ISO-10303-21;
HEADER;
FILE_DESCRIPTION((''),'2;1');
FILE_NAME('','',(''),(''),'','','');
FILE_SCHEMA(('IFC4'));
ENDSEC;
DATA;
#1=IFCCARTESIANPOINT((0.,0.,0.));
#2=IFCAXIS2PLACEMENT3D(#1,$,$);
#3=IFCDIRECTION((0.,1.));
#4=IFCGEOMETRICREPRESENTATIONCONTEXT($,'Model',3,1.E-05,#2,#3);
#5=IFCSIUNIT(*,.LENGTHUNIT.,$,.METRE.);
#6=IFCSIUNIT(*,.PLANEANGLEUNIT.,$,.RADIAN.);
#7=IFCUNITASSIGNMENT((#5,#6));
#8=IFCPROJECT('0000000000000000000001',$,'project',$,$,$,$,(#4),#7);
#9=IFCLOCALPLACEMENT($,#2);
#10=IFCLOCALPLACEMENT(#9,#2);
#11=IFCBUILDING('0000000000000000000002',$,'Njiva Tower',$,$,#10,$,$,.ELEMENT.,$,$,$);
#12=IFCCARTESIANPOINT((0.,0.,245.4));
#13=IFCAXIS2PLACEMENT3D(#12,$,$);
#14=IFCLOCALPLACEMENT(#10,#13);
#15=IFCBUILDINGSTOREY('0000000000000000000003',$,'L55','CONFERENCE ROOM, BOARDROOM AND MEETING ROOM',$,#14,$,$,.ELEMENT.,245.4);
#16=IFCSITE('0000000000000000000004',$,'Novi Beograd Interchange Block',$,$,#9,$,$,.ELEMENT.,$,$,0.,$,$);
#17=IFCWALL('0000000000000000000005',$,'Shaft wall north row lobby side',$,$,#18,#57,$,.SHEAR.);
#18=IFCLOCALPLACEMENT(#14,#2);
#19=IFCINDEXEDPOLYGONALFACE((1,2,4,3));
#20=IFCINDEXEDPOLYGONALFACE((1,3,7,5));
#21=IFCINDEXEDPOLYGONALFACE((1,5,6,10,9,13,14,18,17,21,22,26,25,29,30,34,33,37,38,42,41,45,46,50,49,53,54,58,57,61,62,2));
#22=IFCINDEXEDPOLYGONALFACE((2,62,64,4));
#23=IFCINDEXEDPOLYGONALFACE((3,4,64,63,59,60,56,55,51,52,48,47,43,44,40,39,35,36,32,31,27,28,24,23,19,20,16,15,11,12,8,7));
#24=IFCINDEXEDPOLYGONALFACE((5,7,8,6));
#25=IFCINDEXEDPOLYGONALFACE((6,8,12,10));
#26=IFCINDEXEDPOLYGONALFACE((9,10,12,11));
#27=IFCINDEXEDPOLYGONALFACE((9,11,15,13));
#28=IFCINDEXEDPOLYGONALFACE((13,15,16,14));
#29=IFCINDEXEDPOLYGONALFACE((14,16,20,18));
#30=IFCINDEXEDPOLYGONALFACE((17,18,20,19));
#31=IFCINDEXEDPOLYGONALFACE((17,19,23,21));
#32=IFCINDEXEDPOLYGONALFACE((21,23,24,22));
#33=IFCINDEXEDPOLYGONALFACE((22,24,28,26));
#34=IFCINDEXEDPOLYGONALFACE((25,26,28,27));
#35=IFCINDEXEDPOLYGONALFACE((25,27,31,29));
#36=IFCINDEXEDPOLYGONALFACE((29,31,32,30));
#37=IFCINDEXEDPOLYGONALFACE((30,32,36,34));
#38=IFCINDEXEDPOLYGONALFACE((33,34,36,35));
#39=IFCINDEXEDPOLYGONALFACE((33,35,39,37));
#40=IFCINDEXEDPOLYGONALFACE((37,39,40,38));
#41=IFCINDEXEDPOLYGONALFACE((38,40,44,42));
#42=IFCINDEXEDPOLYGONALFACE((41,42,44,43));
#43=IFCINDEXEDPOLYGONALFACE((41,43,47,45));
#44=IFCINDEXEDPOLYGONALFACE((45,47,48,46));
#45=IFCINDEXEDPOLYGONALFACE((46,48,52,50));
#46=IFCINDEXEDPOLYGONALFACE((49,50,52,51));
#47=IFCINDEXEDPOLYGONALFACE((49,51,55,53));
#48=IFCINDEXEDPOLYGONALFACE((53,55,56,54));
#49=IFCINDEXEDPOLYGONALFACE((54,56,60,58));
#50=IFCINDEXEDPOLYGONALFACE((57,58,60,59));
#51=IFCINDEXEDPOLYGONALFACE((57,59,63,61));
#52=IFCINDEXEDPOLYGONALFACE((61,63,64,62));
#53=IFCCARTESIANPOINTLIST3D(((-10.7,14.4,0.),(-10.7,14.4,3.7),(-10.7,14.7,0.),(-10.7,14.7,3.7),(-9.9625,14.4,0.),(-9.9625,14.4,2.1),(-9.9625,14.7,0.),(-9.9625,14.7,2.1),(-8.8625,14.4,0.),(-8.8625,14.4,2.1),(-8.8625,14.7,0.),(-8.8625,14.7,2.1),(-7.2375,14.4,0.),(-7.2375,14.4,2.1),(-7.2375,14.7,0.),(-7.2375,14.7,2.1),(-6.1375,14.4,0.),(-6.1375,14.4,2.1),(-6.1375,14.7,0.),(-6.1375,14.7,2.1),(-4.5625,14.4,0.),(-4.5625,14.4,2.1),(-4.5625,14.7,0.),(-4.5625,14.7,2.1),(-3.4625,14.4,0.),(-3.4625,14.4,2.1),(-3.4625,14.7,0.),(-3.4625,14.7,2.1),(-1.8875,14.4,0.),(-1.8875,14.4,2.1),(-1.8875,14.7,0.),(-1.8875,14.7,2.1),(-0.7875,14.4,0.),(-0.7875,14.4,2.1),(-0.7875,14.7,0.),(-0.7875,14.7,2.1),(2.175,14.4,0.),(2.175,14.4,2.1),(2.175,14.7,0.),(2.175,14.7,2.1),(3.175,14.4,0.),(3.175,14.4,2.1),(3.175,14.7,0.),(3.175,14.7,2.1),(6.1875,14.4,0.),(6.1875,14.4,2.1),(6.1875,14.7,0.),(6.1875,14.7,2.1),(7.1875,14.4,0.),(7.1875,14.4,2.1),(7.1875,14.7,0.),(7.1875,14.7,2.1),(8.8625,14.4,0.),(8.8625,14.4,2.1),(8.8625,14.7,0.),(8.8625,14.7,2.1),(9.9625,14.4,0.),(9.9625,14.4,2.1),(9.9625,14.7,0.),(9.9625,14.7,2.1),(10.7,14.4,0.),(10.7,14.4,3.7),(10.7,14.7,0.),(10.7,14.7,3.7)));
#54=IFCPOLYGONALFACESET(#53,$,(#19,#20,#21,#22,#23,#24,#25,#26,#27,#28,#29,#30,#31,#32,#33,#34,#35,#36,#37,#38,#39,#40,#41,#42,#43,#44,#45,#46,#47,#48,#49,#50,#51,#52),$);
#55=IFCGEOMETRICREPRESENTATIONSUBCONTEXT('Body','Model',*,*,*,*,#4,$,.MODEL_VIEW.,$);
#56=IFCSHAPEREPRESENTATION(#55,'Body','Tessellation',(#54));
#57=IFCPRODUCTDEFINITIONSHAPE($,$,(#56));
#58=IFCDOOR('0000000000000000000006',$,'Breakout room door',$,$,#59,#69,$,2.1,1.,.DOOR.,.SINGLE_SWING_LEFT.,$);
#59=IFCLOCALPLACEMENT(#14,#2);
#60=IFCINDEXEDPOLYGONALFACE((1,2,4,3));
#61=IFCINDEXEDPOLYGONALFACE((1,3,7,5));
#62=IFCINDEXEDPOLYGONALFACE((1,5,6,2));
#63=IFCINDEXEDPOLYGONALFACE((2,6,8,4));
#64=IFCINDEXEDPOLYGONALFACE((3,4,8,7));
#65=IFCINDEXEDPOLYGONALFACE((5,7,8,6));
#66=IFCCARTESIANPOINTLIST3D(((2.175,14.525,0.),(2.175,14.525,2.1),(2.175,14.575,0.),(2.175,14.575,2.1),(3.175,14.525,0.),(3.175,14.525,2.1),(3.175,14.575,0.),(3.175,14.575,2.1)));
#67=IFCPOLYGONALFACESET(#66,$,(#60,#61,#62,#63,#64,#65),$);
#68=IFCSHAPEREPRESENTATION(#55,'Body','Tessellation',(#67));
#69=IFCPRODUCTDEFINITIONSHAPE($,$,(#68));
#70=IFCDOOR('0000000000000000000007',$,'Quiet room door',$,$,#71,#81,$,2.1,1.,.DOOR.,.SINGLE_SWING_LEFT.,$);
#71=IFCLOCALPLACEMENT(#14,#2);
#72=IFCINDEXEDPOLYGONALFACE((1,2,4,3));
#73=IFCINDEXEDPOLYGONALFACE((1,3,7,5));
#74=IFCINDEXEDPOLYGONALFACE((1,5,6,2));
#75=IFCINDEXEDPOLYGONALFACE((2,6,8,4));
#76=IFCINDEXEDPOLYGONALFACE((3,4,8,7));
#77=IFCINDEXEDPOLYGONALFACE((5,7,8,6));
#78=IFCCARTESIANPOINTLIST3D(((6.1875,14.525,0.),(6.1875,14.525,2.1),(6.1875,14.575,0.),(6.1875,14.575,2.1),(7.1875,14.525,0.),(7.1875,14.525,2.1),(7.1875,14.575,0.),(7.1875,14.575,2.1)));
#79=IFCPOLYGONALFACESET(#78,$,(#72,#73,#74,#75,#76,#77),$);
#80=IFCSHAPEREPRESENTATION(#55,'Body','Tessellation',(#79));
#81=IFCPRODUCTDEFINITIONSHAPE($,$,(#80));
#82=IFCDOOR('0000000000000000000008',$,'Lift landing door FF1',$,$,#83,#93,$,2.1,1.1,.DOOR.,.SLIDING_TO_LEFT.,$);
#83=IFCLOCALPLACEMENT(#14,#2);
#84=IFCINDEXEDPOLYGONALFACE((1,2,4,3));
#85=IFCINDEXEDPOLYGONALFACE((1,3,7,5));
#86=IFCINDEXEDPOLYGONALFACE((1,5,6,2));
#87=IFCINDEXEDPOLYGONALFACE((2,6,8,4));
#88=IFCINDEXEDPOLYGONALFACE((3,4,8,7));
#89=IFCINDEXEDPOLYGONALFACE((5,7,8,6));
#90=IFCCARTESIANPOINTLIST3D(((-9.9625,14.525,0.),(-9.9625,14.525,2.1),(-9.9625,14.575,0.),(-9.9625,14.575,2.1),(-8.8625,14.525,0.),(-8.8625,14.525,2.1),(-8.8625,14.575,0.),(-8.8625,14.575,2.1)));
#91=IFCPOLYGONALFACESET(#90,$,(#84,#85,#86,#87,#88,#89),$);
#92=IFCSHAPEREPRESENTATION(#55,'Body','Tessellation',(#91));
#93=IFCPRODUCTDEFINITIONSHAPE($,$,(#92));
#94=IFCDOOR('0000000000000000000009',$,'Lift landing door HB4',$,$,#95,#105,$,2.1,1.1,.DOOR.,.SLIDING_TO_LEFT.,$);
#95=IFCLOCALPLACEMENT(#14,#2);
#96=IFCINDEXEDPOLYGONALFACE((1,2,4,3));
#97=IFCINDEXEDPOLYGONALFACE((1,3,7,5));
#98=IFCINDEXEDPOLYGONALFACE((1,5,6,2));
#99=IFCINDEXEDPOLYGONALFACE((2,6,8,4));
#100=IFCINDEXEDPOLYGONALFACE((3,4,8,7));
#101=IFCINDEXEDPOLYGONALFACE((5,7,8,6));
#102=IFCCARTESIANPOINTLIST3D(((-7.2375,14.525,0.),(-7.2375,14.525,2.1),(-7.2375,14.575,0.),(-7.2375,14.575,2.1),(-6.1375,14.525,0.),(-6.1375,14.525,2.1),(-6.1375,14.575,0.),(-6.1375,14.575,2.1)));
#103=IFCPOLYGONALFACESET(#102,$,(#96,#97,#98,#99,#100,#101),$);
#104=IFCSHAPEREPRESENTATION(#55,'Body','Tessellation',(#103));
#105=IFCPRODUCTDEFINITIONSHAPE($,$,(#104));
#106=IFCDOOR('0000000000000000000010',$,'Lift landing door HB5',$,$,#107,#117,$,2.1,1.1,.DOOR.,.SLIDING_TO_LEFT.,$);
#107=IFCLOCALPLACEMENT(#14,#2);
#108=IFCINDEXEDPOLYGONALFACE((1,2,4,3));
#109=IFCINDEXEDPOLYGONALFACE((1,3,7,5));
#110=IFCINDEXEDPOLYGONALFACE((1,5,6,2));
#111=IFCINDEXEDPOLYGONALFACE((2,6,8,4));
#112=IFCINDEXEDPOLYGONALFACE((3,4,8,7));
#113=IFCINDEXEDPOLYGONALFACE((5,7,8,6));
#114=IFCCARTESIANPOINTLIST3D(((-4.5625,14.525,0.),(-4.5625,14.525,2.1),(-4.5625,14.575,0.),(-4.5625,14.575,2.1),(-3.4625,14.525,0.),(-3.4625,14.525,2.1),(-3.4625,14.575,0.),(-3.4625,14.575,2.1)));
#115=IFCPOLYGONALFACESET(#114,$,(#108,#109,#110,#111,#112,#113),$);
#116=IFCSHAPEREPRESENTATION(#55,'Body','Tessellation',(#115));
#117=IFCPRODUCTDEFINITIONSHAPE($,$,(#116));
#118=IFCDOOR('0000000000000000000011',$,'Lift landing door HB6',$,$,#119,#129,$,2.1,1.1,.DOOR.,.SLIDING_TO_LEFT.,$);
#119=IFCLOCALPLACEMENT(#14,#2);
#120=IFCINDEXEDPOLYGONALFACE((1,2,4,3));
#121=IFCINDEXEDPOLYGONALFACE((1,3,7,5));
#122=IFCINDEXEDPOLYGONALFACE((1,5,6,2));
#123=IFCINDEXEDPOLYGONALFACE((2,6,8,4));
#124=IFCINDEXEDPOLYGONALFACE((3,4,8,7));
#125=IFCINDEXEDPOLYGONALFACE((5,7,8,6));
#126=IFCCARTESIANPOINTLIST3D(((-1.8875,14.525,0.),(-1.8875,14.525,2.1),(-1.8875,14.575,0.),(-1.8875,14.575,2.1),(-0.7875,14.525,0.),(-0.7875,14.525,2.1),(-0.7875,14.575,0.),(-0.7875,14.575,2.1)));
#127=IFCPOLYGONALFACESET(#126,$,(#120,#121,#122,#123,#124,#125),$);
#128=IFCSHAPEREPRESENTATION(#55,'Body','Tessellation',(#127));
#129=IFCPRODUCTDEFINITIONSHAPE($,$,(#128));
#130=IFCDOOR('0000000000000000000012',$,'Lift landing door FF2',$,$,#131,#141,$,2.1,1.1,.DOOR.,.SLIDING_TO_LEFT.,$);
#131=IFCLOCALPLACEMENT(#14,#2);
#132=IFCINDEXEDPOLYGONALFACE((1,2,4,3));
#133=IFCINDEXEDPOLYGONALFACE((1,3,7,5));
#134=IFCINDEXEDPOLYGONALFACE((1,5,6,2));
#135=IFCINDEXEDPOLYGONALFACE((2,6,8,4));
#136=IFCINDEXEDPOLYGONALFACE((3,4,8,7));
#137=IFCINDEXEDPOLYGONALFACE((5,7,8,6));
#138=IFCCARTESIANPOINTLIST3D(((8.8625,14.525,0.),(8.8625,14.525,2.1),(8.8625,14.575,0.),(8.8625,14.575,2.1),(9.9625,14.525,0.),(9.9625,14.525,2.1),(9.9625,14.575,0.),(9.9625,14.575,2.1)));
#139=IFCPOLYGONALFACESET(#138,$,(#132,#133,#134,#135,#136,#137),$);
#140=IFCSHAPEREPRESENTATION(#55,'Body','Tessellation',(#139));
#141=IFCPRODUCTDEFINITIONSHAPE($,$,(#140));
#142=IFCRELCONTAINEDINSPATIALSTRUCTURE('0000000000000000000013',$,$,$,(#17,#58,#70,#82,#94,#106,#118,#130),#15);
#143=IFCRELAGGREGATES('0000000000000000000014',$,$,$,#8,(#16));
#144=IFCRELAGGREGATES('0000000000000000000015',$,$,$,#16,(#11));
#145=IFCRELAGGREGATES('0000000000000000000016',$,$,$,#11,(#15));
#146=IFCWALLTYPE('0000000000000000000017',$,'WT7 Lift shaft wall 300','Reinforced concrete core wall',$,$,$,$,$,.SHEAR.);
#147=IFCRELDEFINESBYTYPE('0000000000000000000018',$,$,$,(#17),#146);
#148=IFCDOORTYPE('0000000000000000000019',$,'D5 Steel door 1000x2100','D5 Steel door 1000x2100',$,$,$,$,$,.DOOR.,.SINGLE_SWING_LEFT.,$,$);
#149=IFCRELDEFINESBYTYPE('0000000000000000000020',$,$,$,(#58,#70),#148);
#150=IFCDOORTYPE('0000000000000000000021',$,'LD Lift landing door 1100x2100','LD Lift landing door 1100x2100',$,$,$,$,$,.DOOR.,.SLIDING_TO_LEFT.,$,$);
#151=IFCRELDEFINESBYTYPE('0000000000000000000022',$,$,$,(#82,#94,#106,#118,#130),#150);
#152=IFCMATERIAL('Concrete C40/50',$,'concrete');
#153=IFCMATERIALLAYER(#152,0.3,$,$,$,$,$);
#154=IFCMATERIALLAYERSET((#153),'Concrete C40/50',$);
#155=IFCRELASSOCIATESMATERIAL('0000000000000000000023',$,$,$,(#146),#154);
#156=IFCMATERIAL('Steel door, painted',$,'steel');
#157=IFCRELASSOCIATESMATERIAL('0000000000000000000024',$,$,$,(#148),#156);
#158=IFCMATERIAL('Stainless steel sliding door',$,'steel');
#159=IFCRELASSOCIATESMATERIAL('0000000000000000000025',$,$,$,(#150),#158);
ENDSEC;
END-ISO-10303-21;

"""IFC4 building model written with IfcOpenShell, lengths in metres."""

from ifc_helpers import new_model, si_unit, direction, frame, frame_2d, origin, place, context, subcontext, project, spatial, rectangle, extrude, material, layer, layer_set, type_object, element, fill, save


model = new_model("IFC4")

# Units and contexts
model_context = context("Model", 3, precision=1e-05, world=origin(), true_north=direction((0.0, 1.0)))
body_context = subcontext(model_context, "Body", "Model", "MODEL_VIEW")
ifc_project = project(units=[si_unit("LENGTHUNIT", "METRE"), si_unit("PLANEANGLEUNIT", "RADIAN")], contexts=[model_context])

# Site, building, storey
site_placement = place(None, origin())
site = spatial("IfcSite", under=ifc_project, at=site_placement, Name="Novi Beograd Interchange Block", CompositionType="ELEMENT", RefElevation=0.0)
building_placement = place(site_placement, origin())
building = spatial("IfcBuilding", under=site, at=building_placement, Name="Njiva Tower", CompositionType="ELEMENT")
storey_placement = place(building_placement, frame((0.0, 0.0, 245.4)))
storey = spatial("IfcBuildingStorey", under=building, at=storey_placement, Name="L55", Description="CONFERENCE ROOM, BOARDROOM AND MEETING ROOM", CompositionType="ELEMENT", Elevation=245.4)

# Shared definitions
ifc_material_1 = material(Name="Concrete C40/50", Category="concrete")

# Wall, openings, doors
ifc_layer_1 = layer(ifc_material_1, 0.3)
ifc_layer_set_1 = layer_set([ifc_layer_1], Name="Concrete C40/50")
wall_type_1 = type_object("IfcWallType", Name="WT7 Lift shaft wall 300", Description="Reinforced concrete core wall", PredefinedType="SHEAR", material=ifc_layer_set_1)
wall_1_placement = place(storey_placement, frame((-10.7, 14.55, 0.0), z_axis=(0.0, 0.0, 1.0), x_axis=(1.0, 0.0, 0.0)))
wall_1 = element("IfcWall", 1, at=wall_1_placement, inside=storey, type_object=wall_type_1, Name="Shaft wall north row lobby side", PredefinedType="SHEAR", context=body_context, shape_type="SweptSolid", body=[
    extrude(rectangle(XDim=21.4, YDim=0.3, at=frame_2d((10.7, 0.0))), origin(), (0.0, 0.0, 1.0), 3.7),
])
opening_1_placement = place(wall_1_placement, frame((0.7375, 0.0, 0.0)))
opening_1 = element("IfcOpeningElement", 2, at=opening_1_placement, cuts=wall_1, PredefinedType="OPENING", context=body_context, shape_type="SweptSolid", body=[
    extrude(rectangle(XDim=1.1, YDim=2.1, at=frame_2d((0.55, 1.05))), frame((0.0, 0.16, 0.0), z_axis=(0.0, -1.0, 0.0), x_axis=(1.0, 0.0, 0.0)), (0.0, 0.0, 1.0), 0.32),
])
opening_2_placement = place(wall_1_placement, frame((3.4625, 0.0, 0.0)))
opening_2 = element("IfcOpeningElement", 3, at=opening_2_placement, cuts=wall_1, PredefinedType="OPENING", context=body_context, shape_type="SweptSolid", body=[
    extrude(rectangle(XDim=1.1, YDim=2.1, at=frame_2d((0.55, 1.05))), frame((0.0, 0.16, 0.0), z_axis=(0.0, -1.0, 0.0), x_axis=(1.0, 0.0, 0.0)), (0.0, 0.0, 1.0), 0.32),
])
opening_3_placement = place(wall_1_placement, frame((6.1375, 0.0, 0.0)))
opening_3 = element("IfcOpeningElement", 4, at=opening_3_placement, cuts=wall_1, PredefinedType="OPENING", context=body_context, shape_type="SweptSolid", body=[
    extrude(rectangle(XDim=1.1, YDim=2.1, at=frame_2d((0.55, 1.05))), frame((0.0, 0.16, 0.0), z_axis=(0.0, -1.0, 0.0), x_axis=(1.0, 0.0, 0.0)), (0.0, 0.0, 1.0), 0.32),
])
opening_4_placement = place(wall_1_placement, frame((8.8125, 0.0, 0.0)))
opening_4 = element("IfcOpeningElement", 5, at=opening_4_placement, cuts=wall_1, PredefinedType="OPENING", context=body_context, shape_type="SweptSolid", body=[
    extrude(rectangle(XDim=1.1, YDim=2.1, at=frame_2d((0.55, 1.05))), frame((0.0, 0.16, 0.0), z_axis=(0.0, -1.0, 0.0), x_axis=(1.0, 0.0, 0.0)), (0.0, 0.0, 1.0), 0.32),
])
opening_5_placement = place(wall_1_placement, frame((19.5625, 0.0, 0.0)))
opening_5 = element("IfcOpeningElement", 6, at=opening_5_placement, cuts=wall_1, PredefinedType="OPENING", context=body_context, shape_type="SweptSolid", body=[
    extrude(rectangle(XDim=1.1, YDim=2.1, at=frame_2d((0.55, 1.05))), frame((0.0, 0.16, 0.0), z_axis=(0.0, -1.0, 0.0), x_axis=(1.0, 0.0, 0.0)), (0.0, 0.0, 1.0), 0.32),
])
opening_6_placement = place(wall_1_placement, frame((12.875, 0.0, 0.0)))
opening_6 = element("IfcOpeningElement", 7, at=opening_6_placement, cuts=wall_1, PredefinedType="OPENING", context=body_context, shape_type="SweptSolid", body=[
    extrude(rectangle(XDim=1.0, YDim=2.1, at=frame_2d((0.5, 1.05))), frame((0.0, 0.16, 0.0), z_axis=(0.0, -1.0, 0.0), x_axis=(1.0, 0.0, 0.0)), (0.0, 0.0, 1.0), 0.32),
])
opening_7_placement = place(wall_1_placement, frame((16.8875, 0.0, 0.0)))
opening_7 = element("IfcOpeningElement", 8, at=opening_7_placement, cuts=wall_1, PredefinedType="OPENING", context=body_context, shape_type="SweptSolid", body=[
    extrude(rectangle(XDim=1.0, YDim=2.1, at=frame_2d((0.5, 1.05))), frame((0.0, 0.16, 0.0), z_axis=(0.0, -1.0, 0.0), x_axis=(1.0, 0.0, 0.0)), (0.0, 0.0, 1.0), 0.32),
])
ifc_material_2 = material(Name="Steel door, painted", Category="steel")
door_type_1 = type_object("IfcDoorType", Name="D5 Steel door 1000x2100", Description="D5 Steel door 1000x2100", OperationType="SINGLE_SWING_LEFT", PredefinedType="DOOR", material=ifc_material_2)
door_1_placement = place(opening_6_placement, origin())
door_1 = element("IfcDoor", 9, at=door_1_placement, inside=storey, type_object=door_type_1, Name="Breakout room door", OperationType="SINGLE_SWING_LEFT", OverallHeight=2.1, OverallWidth=1.0, PredefinedType="DOOR", context=body_context, shape_type="SweptSolid", body=[
    extrude(rectangle(XDim=1.0, YDim=2.1, at=frame_2d((0.5, 1.05))), frame((0.0, 0.025, 0.0), z_axis=(0.0, -1.0, 0.0), x_axis=(1.0, 0.0, 0.0)), (0.0, 0.0, 1.0), 0.05),
])
fill(opening_6, door_1)
door_2_placement = place(opening_7_placement, origin())
door_2 = element("IfcDoor", 10, at=door_2_placement, inside=storey, type_object=door_type_1, Name="Quiet room door", OperationType="SINGLE_SWING_LEFT", OverallHeight=2.1, OverallWidth=1.0, PredefinedType="DOOR", context=body_context, shape_type="SweptSolid", body=[
    extrude(rectangle(XDim=1.0, YDim=2.1, at=frame_2d((0.5, 1.05))), frame((0.0, 0.025, 0.0), z_axis=(0.0, -1.0, 0.0), x_axis=(1.0, 0.0, 0.0)), (0.0, 0.0, 1.0), 0.05),
])
fill(opening_7, door_2)
ifc_material_3 = material(Name="Stainless steel sliding door", Category="steel")
door_type_2 = type_object("IfcDoorType", Name="LD Lift landing door 1100x2100", Description="LD Lift landing door 1100x2100", OperationType="SLIDING_TO_LEFT", PredefinedType="DOOR", material=ifc_material_3)
door_3_placement = place(opening_1_placement, origin())
door_3 = element("IfcDoor", 11, at=door_3_placement, inside=storey, type_object=door_type_2, Name="Lift landing door FF1", OperationType="SLIDING_TO_LEFT", OverallHeight=2.1, OverallWidth=1.1, PredefinedType="DOOR", context=body_context, shape_type="SweptSolid", body=[
    extrude(rectangle(XDim=1.1, YDim=2.1, at=frame_2d((0.55, 1.05))), frame((0.0, 0.025, 0.0), z_axis=(0.0, -1.0, 0.0), x_axis=(1.0, 0.0, 0.0)), (0.0, 0.0, 1.0), 0.05),
])
fill(opening_1, door_3)
door_4_placement = place(opening_2_placement, origin())
door_4 = element("IfcDoor", 12, at=door_4_placement, inside=storey, type_object=door_type_2, Name="Lift landing door HB4", OperationType="SLIDING_TO_LEFT", OverallHeight=2.1, OverallWidth=1.1, PredefinedType="DOOR", context=body_context, shape_type="SweptSolid", body=[
    extrude(rectangle(XDim=1.1, YDim=2.1, at=frame_2d((0.55, 1.05))), frame((0.0, 0.025, 0.0), z_axis=(0.0, -1.0, 0.0), x_axis=(1.0, 0.0, 0.0)), (0.0, 0.0, 1.0), 0.05),
])
fill(opening_2, door_4)
door_5_placement = place(opening_3_placement, origin())
door_5 = element("IfcDoor", 13, at=door_5_placement, inside=storey, type_object=door_type_2, Name="Lift landing door HB5", OperationType="SLIDING_TO_LEFT", OverallHeight=2.1, OverallWidth=1.1, PredefinedType="DOOR", context=body_context, shape_type="SweptSolid", body=[
    extrude(rectangle(XDim=1.1, YDim=2.1, at=frame_2d((0.55, 1.05))), frame((0.0, 0.025, 0.0), z_axis=(0.0, -1.0, 0.0), x_axis=(1.0, 0.0, 0.0)), (0.0, 0.0, 1.0), 0.05),
])
fill(opening_3, door_5)
door_6_placement = place(opening_4_placement, origin())
door_6 = element("IfcDoor", 14, at=door_6_placement, inside=storey, type_object=door_type_2, Name="Lift landing door HB6", OperationType="SLIDING_TO_LEFT", OverallHeight=2.1, OverallWidth=1.1, PredefinedType="DOOR", context=body_context, shape_type="SweptSolid", body=[
    extrude(rectangle(XDim=1.1, YDim=2.1, at=frame_2d((0.55, 1.05))), frame((0.0, 0.025, 0.0), z_axis=(0.0, -1.0, 0.0), x_axis=(1.0, 0.0, 0.0)), (0.0, 0.0, 1.0), 0.05),
])
fill(opening_4, door_6)
door_7_placement = place(opening_5_placement, origin())
door_7 = element("IfcDoor", 15, at=door_7_placement, inside=storey, type_object=door_type_2, Name="Lift landing door FF2", OperationType="SLIDING_TO_LEFT", OverallHeight=2.1, OverallWidth=1.1, PredefinedType="DOOR", context=body_context, shape_type="SweptSolid", body=[
    extrude(rectangle(XDim=1.1, YDim=2.1, at=frame_2d((0.55, 1.05))), frame((0.0, 0.025, 0.0), z_axis=(0.0, -1.0, 0.0), x_axis=(1.0, 0.0, 0.0)), (0.0, 0.0, 1.0), 0.05),
])
fill(opening_5, door_7)

save(model, "model.ifc")
